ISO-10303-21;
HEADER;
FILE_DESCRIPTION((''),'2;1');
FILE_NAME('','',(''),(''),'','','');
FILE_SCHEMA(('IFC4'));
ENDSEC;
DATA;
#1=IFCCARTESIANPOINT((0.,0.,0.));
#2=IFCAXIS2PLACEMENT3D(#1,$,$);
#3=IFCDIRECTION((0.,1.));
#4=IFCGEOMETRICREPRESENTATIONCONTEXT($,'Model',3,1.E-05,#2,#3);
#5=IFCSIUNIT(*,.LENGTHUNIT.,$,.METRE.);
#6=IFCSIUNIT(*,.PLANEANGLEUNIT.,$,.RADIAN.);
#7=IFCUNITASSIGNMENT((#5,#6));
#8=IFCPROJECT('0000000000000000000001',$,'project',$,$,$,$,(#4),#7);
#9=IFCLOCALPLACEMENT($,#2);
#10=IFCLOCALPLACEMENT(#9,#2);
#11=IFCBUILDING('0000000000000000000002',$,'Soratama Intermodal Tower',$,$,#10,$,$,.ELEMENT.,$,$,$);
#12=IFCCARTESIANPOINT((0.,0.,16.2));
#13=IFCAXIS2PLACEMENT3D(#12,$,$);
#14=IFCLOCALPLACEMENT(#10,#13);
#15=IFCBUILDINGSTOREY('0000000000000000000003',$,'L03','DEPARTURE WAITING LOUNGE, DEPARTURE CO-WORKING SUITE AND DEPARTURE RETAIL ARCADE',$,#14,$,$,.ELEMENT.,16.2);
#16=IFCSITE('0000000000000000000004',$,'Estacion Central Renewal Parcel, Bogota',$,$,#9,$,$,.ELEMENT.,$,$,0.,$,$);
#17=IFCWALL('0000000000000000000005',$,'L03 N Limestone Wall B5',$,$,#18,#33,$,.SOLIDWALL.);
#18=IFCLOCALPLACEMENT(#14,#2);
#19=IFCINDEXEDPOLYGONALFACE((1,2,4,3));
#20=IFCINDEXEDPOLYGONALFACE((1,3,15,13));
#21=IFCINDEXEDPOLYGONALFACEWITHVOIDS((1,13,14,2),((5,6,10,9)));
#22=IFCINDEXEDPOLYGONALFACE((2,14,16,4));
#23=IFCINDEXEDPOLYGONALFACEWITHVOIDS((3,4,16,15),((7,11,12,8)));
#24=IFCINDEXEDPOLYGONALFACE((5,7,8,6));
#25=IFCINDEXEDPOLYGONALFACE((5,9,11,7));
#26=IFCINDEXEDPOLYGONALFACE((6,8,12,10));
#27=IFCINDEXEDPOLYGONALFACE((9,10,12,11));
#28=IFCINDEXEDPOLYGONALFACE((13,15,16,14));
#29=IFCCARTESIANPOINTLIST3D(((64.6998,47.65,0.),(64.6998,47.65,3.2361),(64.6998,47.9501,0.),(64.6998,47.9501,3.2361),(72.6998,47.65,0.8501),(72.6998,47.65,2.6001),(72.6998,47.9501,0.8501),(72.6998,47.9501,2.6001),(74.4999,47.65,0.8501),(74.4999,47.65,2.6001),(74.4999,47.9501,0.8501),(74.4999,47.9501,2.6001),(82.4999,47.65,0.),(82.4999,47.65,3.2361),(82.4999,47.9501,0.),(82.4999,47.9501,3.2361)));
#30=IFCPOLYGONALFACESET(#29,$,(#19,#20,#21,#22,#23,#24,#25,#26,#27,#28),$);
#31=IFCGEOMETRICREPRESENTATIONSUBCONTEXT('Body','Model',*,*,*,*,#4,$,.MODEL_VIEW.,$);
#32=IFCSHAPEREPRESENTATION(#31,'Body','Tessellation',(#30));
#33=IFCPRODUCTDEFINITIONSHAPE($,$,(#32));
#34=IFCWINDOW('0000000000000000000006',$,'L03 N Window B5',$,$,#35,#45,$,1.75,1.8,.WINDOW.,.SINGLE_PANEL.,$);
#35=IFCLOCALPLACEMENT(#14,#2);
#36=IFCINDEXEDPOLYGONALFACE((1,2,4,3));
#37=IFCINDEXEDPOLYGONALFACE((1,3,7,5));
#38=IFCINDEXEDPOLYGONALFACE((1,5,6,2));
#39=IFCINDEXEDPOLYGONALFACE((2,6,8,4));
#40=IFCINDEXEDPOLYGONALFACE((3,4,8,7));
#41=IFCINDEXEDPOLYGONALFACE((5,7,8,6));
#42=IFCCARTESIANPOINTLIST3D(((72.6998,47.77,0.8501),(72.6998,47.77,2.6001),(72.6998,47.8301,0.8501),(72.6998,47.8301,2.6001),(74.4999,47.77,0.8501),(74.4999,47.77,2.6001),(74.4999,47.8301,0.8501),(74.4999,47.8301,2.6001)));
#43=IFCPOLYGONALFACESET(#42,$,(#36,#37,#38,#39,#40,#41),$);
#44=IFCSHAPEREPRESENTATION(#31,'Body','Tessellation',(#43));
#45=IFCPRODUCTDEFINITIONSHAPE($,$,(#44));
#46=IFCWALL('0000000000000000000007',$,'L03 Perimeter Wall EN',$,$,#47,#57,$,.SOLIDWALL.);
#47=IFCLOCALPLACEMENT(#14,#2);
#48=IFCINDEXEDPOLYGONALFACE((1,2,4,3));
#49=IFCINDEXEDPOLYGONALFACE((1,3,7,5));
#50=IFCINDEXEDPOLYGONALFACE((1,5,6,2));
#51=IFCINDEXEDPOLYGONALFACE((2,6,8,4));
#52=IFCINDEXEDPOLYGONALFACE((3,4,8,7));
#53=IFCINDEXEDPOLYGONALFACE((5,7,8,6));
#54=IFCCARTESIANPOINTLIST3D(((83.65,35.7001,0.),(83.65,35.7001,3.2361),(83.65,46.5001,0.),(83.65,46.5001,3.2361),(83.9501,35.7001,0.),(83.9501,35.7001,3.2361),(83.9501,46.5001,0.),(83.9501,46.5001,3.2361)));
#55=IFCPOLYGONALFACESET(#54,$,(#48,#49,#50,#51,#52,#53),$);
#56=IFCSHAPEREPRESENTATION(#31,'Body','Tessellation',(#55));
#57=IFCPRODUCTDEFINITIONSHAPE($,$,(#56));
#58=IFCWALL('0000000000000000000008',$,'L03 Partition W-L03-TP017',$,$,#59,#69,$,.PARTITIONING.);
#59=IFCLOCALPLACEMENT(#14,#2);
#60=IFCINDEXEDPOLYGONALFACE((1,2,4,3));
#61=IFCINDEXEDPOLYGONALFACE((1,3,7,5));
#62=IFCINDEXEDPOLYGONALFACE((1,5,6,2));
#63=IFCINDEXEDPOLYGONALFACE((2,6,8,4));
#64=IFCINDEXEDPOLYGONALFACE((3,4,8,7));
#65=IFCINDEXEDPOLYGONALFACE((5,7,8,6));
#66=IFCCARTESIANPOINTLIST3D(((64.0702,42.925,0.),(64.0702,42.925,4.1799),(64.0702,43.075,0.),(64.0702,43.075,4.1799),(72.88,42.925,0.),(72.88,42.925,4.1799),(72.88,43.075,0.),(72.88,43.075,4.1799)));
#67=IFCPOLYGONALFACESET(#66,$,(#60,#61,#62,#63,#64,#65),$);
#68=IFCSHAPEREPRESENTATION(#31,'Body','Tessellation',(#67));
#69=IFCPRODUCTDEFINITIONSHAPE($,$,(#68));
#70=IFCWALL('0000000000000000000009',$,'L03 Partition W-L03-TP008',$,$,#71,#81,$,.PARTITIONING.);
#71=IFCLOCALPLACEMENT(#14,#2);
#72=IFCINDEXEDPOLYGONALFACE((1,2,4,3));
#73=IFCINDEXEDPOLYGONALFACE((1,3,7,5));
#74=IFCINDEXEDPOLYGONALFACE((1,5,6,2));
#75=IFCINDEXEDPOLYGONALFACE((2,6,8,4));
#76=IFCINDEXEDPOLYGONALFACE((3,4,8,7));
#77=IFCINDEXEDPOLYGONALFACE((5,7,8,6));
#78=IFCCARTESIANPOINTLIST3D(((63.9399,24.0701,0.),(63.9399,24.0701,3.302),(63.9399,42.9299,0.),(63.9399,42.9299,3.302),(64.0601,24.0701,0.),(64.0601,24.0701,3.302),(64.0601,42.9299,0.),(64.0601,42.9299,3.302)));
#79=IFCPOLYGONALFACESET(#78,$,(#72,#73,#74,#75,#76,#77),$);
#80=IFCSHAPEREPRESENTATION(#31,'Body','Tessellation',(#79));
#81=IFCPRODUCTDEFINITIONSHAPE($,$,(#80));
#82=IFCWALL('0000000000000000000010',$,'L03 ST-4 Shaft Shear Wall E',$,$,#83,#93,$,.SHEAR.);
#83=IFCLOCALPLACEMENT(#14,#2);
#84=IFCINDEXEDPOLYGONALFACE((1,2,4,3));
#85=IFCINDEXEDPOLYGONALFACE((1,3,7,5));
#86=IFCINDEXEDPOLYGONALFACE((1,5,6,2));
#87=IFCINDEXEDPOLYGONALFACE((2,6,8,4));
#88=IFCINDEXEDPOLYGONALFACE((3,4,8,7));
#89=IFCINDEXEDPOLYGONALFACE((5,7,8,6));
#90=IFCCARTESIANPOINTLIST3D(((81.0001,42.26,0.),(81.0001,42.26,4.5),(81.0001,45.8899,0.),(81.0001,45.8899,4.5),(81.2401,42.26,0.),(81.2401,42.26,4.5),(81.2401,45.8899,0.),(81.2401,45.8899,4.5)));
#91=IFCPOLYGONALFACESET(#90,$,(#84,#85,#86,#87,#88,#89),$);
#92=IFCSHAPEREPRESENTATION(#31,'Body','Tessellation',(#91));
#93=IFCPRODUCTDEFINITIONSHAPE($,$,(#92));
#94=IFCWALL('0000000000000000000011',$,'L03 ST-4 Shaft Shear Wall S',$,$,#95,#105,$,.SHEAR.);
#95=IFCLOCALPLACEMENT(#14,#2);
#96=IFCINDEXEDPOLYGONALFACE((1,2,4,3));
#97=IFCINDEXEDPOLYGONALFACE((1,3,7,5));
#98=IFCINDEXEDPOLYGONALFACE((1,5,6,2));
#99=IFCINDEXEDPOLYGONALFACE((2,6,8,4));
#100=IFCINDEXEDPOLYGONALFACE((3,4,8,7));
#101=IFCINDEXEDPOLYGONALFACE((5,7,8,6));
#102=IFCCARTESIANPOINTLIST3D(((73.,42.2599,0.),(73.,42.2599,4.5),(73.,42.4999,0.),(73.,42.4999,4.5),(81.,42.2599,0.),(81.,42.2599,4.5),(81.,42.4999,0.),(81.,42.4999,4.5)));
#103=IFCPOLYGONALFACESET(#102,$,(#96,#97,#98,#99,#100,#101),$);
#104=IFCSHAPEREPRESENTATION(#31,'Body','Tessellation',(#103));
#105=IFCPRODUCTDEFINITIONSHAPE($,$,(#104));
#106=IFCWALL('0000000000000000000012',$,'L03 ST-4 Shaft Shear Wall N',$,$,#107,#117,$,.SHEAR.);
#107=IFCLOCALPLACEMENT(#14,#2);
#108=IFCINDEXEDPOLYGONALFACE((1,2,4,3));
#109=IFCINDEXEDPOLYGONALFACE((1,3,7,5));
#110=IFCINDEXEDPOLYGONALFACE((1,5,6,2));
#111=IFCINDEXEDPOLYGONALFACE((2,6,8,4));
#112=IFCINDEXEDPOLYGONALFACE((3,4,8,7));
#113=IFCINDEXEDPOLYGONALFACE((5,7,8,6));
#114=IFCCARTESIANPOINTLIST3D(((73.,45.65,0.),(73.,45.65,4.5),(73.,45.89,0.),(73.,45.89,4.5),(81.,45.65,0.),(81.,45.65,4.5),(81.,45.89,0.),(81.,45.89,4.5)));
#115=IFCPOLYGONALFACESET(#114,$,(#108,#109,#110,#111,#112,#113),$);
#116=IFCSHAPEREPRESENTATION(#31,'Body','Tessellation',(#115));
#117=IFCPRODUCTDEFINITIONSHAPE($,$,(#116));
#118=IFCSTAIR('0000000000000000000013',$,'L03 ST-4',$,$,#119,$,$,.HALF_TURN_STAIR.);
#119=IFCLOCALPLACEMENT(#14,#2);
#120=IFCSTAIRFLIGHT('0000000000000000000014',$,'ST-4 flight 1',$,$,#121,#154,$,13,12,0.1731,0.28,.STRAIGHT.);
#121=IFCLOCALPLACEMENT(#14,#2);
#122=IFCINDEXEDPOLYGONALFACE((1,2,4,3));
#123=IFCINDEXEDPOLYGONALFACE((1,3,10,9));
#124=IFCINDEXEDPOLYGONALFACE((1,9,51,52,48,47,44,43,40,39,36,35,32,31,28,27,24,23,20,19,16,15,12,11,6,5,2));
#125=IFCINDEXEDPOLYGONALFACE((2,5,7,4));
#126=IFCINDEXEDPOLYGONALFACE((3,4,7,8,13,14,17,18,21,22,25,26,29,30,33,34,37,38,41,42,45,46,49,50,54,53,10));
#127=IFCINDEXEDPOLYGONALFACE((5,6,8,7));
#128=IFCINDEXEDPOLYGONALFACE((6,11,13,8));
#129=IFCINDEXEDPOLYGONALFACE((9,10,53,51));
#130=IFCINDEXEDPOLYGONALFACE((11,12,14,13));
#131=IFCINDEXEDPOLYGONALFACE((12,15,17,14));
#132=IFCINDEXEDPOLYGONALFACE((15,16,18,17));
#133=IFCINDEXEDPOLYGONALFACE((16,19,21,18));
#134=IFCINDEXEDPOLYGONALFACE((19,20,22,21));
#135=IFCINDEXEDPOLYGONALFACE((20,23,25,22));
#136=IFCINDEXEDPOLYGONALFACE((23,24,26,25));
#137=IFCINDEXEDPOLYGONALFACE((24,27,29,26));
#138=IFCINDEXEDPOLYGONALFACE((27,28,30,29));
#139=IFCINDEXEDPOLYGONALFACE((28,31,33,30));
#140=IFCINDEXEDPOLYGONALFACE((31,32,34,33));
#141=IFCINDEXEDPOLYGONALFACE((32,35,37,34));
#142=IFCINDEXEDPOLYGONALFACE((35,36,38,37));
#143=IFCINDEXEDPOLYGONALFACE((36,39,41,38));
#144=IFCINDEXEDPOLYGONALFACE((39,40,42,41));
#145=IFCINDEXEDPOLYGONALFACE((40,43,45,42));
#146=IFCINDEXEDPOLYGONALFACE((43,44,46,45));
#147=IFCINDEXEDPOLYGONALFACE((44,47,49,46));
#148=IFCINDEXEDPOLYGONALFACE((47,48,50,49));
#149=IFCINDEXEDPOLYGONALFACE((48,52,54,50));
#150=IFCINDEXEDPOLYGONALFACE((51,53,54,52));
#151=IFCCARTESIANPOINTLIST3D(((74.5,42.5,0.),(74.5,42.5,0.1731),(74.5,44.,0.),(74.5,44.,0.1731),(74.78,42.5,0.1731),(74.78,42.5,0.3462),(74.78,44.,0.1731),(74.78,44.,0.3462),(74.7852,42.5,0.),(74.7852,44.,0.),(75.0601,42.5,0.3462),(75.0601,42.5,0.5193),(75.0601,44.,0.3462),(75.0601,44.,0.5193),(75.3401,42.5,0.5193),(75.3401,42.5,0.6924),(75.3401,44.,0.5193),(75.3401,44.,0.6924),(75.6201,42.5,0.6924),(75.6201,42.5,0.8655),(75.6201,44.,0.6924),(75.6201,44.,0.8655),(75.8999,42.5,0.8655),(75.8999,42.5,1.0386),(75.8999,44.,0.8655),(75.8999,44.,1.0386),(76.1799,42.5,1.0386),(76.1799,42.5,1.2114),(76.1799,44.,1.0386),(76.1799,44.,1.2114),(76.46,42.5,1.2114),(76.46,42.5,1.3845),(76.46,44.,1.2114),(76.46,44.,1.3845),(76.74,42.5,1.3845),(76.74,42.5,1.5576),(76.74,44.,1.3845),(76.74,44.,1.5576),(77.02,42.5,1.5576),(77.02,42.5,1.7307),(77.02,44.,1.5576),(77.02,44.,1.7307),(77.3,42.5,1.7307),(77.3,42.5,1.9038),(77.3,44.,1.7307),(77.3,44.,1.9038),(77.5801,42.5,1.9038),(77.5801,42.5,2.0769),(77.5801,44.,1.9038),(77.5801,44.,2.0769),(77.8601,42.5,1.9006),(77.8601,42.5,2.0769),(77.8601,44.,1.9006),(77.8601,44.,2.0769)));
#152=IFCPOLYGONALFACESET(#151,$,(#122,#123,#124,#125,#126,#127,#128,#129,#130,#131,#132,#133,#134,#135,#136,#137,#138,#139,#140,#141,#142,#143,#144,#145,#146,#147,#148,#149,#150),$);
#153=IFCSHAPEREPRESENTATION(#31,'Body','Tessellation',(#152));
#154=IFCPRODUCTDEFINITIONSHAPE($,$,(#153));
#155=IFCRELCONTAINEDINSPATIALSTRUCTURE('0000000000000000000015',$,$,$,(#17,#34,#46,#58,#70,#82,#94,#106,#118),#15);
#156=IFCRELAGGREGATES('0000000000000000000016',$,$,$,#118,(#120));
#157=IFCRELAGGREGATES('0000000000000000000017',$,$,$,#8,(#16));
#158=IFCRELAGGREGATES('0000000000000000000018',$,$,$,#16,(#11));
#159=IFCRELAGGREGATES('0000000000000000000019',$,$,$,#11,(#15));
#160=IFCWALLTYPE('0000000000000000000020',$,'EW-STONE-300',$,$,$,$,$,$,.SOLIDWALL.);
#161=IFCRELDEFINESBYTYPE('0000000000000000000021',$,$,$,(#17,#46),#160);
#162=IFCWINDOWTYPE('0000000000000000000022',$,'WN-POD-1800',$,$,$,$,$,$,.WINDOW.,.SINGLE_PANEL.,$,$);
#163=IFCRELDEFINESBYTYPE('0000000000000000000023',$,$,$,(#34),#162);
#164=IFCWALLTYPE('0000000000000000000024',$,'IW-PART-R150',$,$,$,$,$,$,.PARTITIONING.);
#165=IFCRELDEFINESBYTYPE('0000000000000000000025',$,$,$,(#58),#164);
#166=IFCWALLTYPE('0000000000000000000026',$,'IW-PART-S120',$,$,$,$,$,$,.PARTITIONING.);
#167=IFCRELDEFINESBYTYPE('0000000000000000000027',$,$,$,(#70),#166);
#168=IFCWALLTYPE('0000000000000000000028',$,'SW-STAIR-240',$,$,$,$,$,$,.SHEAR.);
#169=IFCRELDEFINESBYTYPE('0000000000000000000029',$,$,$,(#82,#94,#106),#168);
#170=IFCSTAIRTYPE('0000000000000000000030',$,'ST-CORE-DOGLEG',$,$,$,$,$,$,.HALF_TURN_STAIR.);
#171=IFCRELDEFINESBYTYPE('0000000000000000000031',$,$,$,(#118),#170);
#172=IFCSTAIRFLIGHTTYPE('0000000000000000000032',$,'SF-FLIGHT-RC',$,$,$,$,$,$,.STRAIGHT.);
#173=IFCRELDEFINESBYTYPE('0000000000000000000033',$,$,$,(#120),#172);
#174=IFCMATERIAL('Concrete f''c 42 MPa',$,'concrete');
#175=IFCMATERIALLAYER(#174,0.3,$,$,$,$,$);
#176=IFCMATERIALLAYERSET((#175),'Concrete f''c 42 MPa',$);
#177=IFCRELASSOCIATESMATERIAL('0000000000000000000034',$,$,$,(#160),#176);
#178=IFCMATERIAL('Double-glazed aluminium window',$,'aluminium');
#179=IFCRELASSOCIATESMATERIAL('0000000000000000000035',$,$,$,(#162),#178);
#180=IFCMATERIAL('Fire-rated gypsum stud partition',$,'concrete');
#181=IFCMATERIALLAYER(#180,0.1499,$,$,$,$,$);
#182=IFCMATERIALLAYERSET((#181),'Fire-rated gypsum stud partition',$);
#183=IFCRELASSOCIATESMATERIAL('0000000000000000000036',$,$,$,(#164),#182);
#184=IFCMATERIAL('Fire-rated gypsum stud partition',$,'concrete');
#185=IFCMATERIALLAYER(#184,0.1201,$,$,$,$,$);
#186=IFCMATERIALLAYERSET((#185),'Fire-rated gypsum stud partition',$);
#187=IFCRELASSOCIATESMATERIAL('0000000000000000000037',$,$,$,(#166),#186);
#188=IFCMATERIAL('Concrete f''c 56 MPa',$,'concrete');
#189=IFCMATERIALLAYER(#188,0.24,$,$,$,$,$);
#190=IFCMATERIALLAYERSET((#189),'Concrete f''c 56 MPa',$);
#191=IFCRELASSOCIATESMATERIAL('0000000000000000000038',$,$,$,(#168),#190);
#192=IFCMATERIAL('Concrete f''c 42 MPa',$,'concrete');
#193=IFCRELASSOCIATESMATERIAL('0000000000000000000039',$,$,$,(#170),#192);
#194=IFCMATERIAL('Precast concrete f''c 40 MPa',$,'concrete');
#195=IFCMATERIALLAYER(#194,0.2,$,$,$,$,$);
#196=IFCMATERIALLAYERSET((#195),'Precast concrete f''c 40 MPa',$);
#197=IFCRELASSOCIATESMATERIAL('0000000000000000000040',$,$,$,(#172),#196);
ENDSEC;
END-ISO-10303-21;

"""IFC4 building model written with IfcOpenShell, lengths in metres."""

from ifc_helpers import new_model, si_unit, direction, frame, frame_2d, origin, place, context, subcontext, project, spatial, polyline, rectangle, outline, extrude, material, layer, layer_set, type_object, element, fill, aggregate, save


model = new_model("IFC4")

# Units and contexts
model_context = context("Model", 3, precision=1e-05, world=origin(), true_north=direction((0.0, 1.0)))
body_context = subcontext(model_context, "Body", "Model", "MODEL_VIEW")
ifc_project = project(units=[si_unit("LENGTHUNIT", "METRE"), si_unit("PLANEANGLEUNIT", "RADIAN")], contexts=[model_context])

# Site, building, storey
site_placement = place(None, origin())
site = spatial("IfcSite", under=ifc_project, at=site_placement, Name="Estacion Central Renewal Parcel, Bogota", CompositionType="ELEMENT", RefElevation=0.0)
building_placement = place(site_placement, origin())
building = spatial("IfcBuilding", under=site, at=building_placement, Name="Soratama Intermodal Tower", CompositionType="ELEMENT")
storey_placement = place(building_placement, frame((0.0, 0.0, 16.2)))
storey = spatial("IfcBuildingStorey", under=building, at=storey_placement, Name="L03", Description="DEPARTURE WAITING LOUNGE, DEPARTURE CO-WORKING SUITE AND DEPARTURE RETAIL ARCADE", CompositionType="ELEMENT", Elevation=16.2)

# Wall, opening, window
ifc_material_1 = material(Name="Concrete f'c 42 MPa", Category="concrete")
ifc_layer_1 = layer(ifc_material_1, 0.3)
ifc_layer_set_1 = layer_set([ifc_layer_1], Name="Concrete f'c 42 MPa")
wall_type_1 = type_object("IfcWallType", Name="EW-STONE-300", PredefinedType="SOLIDWALL", material=ifc_layer_set_1)
wall_1_placement = place(storey_placement, frame((64.7, 47.8, 0.0), z_axis=(0.0, 0.0, 1.0), x_axis=(1.0, 0.0, 0.0)))
wall_1 = element("IfcWall", 1, at=wall_1_placement, inside=storey, type_object=wall_type_1, Name="L03 N Limestone Wall B5", PredefinedType="SOLIDWALL", context=body_context, shape_type="SweptSolid", body=[
    extrude(rectangle(XDim=17.8, YDim=0.3, at=frame_2d((8.8999, 0.0))), origin(), (0.0, 0.0, 1.0), 3.2361),
])
opening_1_placement = place(wall_1_placement, frame((8.0, 0.0, 0.8501)))
opening_1 = element("IfcOpeningElement", 2, at=opening_1_placement, cuts=wall_1, PredefinedType="OPENING", context=body_context, shape_type="SweptSolid", body=[
    extrude(rectangle(XDim=1.8, YDim=1.75, at=frame_2d((0.8999, 0.875))), frame((0.0, 0.1599, 0.0), z_axis=(0.0, -1.0, 0.0), x_axis=(1.0, 0.0, 0.0)), (0.0, 0.0, 1.0), 0.3201),
])
ifc_material_2 = material(Name="Double-glazed aluminium window", Category="aluminium")
window_type = type_object("IfcWindowType", Name="WN-POD-1800", PartitioningType="SINGLE_PANEL", PredefinedType="WINDOW", material=ifc_material_2)
window_placement = place(opening_1_placement, origin())
window = element("IfcWindow", 3, at=window_placement, inside=storey, type_object=window_type, Name="L03 N Window B5", OverallHeight=1.75, OverallWidth=1.8, PartitioningType="SINGLE_PANEL", PredefinedType="WINDOW", context=body_context, shape_type="SweptSolid", body=[
    extrude(rectangle(XDim=1.8, YDim=1.75, at=frame_2d((0.8999, 0.875))), frame((0.0, 0.03, 0.0), z_axis=(0.0, -1.0, 0.0), x_axis=(1.0, 0.0, 0.0)), (0.0, 0.0, 1.0), 0.0601),
])
fill(opening_1, window)

# Walls
wall_2_placement = place(storey_placement, frame((83.8, 46.5, 0.0), z_axis=(0.0, 0.0, 1.0), x_axis=(0.0, -1.0, 0.0)))
element("IfcWall", 4, at=wall_2_placement, inside=storey, type_object=wall_type_1, Name="L03 Perimeter Wall EN", PredefinedType="SOLIDWALL", context=body_context, shape_type="SweptSolid", body=[
    extrude(rectangle(XDim=10.8, YDim=0.3, at=frame_2d((5.3999, 0.0))), origin(), (0.0, 0.0, 1.0), 3.2361),
])
ifc_material_3 = material(Name="Fire-rated gypsum stud partition", Category="concrete")
ifc_layer_2 = layer(ifc_material_3, 0.1499)
ifc_layer_set_2 = layer_set([ifc_layer_2], Name="Fire-rated gypsum stud partition")
wall_type_2 = type_object("IfcWallType", Name="IW-PART-R150", PredefinedType="PARTITIONING", material=ifc_layer_set_2)
wall_3_placement = place(storey_placement, frame((72.8799, 43.0, 0.0), z_axis=(0.0, 0.0, 1.0), x_axis=(-1.0, 0.0, 0.0)))
element("IfcWall", 5, at=wall_3_placement, inside=storey, type_object=wall_type_2, Name="L03 Partition W-L03-TP017", PredefinedType="PARTITIONING", context=body_context, shape_type="SweptSolid", body=[
    extrude(rectangle(XDim=8.8098, YDim=0.1499, at=frame_2d((4.4048, 0.0))), origin(), (0.0, 0.0, 1.0), 4.1799),
])
ifc_material_4 = material(Name="Fire-rated gypsum stud partition", Category="concrete")
ifc_layer_3 = layer(ifc_material_4, 0.1201)
ifc_layer_set_3 = layer_set([ifc_layer_3], Name="Fire-rated gypsum stud partition")
wall_type_3 = type_object("IfcWallType", Name="IW-PART-S120", PredefinedType="PARTITIONING", material=ifc_layer_set_3)
wall_4_placement = place(storey_placement, frame((64.0, 42.9299, 0.0), z_axis=(0.0, 0.0, 1.0), x_axis=(0.0, -1.0, 0.0)))
element("IfcWall", 6, at=wall_4_placement, inside=storey, type_object=wall_type_3, Name="L03 Partition W-L03-TP008", PredefinedType="PARTITIONING", context=body_context, shape_type="SweptSolid", body=[
    extrude(rectangle(XDim=18.8599, YDim=0.1201, at=frame_2d((9.4299, 0.0))), origin(), (0.0, 0.0, 1.0), 3.302),
])

# Shared definitions
ifc_material_5 = material(Name="Concrete f'c 56 MPa", Category="concrete")
ifc_layer_4 = layer(ifc_material_5, 0.24)
ifc_layer_set_4 = layer_set([ifc_layer_4], Name="Concrete f'c 56 MPa")
wall_type_4 = type_object("IfcWallType", Name="SW-STAIR-240", PredefinedType="SHEAR", material=ifc_layer_set_4)

# Walls
wall_5_placement = place(storey_placement, frame((81.1201, 42.26, 0.0), z_axis=(0.0, 0.0, 1.0), x_axis=(0.0, 1.0, 0.0)))
element("IfcWall", 7, at=wall_5_placement, inside=storey, type_object=wall_type_4, Name="L03 ST-4 Shaft Shear Wall E", PredefinedType="SHEAR", context=body_context, shape_type="SweptSolid", body=[
    extrude(rectangle(XDim=3.6299, YDim=0.24, at=frame_2d((1.8149, 0.0))), origin(), (0.0, 0.0, 1.0), 4.5),
])
for number, where, z_axis, x_axis, name in (
    (8, (73.0, 42.3799, 0.0), (0.0, 0.0, 1.0), (1.0, 0.0, 0.0), "L03 ST-4 Shaft Shear Wall S"),
    (9, (73.0, 45.77, 0.0), (0.0, 0.0, 1.0), (1.0, 0.0, 0.0), "L03 ST-4 Shaft Shear Wall N"),
):
    element("IfcWall", number, at=place(storey_placement, frame(where, z_axis=z_axis, x_axis=x_axis)), inside=storey, type_object=wall_type_4, Name=name, PredefinedType="SHEAR", context=body_context, shape_type="SweptSolid", body=[
        extrude(rectangle(XDim=8.0, YDim=0.24, at=frame_2d((4.0, 0.0))), origin(), (0.0, 0.0, 1.0), 4.5),
    ])

# Stair, stair flight
ifc_material_6 = material(Name="Concrete f'c 42 MPa", Category="concrete")
stair_type = type_object("IfcStairType", Name="ST-CORE-DOGLEG", PredefinedType="HALF_TURN_STAIR", material=ifc_material_6)
stair_placement = place(storey_placement, origin())
stair = element("IfcStair", 10, at=stair_placement, inside=storey, type_object=stair_type, Name="L03 ST-4", PredefinedType="HALF_TURN_STAIR")
ifc_material_7 = material(Name="Precast concrete f'c 40 MPa", Category="concrete")
ifc_layer_5 = layer(ifc_material_7, 0.2)
ifc_layer_set_5 = layer_set([ifc_layer_5], Name="Precast concrete f'c 40 MPa")
stair_flight_type = type_object("IfcStairFlightType", Name="SF-FLIGHT-RC", PredefinedType="STRAIGHT", material=ifc_layer_set_5)
stair_flight_1_placement = place(storey_placement, frame((74.5, 43.25, 0.0), z_axis=(0.0, 0.0, 1.0), x_axis=(1.0, 0.0, 0.0)))
stair_flight_1 = element("IfcStairFlight", 11, at=stair_flight_1_placement, type_object=stair_flight_type, Name="ST-4 flight 1", NumberOfRisers=13, NumberOfTreads=12, PredefinedType="STRAIGHT", RiserHeight=0.1731, TreadLength=0.28, context=body_context, shape_type="SweptSolid", body=[
    extrude(outline(polyline([(0.0, 0.0), (0.0, 0.1731), (0.28, 0.1731), (0.28, 0.3462), (0.5601, 0.3462), (0.5601, 0.5193), (0.8401, 0.5193), (0.8401, 0.6924), (1.1201, 0.6924), (1.1201, 0.8655), (1.3999, 0.8655), (1.3999, 1.0386), (1.6799, 1.0386), (1.6799, 1.2114), (1.96, 1.2114), (1.96, 1.3845), (2.24, 1.3845), (2.24, 1.5576), (2.52, 1.5576), (2.52, 1.7307), (2.8, 1.7307), (2.8, 1.9038), (3.0801, 1.9038), (3.0801, 2.0769), (3.3601, 2.0769), (3.3601, 2.25), (3.3601, 1.9006), (0.2852, 0.0), (0.0, 0.0)])), frame((0.0, 0.75, 0.0), z_axis=(0.0, -1.0, 0.0), x_axis=(1.0, 0.0, 0.0)), (0.0, 0.0, 1.0), 1.5),
])
aggregate(stair, [stair_flight_1])

save(model, "model.ifc")
